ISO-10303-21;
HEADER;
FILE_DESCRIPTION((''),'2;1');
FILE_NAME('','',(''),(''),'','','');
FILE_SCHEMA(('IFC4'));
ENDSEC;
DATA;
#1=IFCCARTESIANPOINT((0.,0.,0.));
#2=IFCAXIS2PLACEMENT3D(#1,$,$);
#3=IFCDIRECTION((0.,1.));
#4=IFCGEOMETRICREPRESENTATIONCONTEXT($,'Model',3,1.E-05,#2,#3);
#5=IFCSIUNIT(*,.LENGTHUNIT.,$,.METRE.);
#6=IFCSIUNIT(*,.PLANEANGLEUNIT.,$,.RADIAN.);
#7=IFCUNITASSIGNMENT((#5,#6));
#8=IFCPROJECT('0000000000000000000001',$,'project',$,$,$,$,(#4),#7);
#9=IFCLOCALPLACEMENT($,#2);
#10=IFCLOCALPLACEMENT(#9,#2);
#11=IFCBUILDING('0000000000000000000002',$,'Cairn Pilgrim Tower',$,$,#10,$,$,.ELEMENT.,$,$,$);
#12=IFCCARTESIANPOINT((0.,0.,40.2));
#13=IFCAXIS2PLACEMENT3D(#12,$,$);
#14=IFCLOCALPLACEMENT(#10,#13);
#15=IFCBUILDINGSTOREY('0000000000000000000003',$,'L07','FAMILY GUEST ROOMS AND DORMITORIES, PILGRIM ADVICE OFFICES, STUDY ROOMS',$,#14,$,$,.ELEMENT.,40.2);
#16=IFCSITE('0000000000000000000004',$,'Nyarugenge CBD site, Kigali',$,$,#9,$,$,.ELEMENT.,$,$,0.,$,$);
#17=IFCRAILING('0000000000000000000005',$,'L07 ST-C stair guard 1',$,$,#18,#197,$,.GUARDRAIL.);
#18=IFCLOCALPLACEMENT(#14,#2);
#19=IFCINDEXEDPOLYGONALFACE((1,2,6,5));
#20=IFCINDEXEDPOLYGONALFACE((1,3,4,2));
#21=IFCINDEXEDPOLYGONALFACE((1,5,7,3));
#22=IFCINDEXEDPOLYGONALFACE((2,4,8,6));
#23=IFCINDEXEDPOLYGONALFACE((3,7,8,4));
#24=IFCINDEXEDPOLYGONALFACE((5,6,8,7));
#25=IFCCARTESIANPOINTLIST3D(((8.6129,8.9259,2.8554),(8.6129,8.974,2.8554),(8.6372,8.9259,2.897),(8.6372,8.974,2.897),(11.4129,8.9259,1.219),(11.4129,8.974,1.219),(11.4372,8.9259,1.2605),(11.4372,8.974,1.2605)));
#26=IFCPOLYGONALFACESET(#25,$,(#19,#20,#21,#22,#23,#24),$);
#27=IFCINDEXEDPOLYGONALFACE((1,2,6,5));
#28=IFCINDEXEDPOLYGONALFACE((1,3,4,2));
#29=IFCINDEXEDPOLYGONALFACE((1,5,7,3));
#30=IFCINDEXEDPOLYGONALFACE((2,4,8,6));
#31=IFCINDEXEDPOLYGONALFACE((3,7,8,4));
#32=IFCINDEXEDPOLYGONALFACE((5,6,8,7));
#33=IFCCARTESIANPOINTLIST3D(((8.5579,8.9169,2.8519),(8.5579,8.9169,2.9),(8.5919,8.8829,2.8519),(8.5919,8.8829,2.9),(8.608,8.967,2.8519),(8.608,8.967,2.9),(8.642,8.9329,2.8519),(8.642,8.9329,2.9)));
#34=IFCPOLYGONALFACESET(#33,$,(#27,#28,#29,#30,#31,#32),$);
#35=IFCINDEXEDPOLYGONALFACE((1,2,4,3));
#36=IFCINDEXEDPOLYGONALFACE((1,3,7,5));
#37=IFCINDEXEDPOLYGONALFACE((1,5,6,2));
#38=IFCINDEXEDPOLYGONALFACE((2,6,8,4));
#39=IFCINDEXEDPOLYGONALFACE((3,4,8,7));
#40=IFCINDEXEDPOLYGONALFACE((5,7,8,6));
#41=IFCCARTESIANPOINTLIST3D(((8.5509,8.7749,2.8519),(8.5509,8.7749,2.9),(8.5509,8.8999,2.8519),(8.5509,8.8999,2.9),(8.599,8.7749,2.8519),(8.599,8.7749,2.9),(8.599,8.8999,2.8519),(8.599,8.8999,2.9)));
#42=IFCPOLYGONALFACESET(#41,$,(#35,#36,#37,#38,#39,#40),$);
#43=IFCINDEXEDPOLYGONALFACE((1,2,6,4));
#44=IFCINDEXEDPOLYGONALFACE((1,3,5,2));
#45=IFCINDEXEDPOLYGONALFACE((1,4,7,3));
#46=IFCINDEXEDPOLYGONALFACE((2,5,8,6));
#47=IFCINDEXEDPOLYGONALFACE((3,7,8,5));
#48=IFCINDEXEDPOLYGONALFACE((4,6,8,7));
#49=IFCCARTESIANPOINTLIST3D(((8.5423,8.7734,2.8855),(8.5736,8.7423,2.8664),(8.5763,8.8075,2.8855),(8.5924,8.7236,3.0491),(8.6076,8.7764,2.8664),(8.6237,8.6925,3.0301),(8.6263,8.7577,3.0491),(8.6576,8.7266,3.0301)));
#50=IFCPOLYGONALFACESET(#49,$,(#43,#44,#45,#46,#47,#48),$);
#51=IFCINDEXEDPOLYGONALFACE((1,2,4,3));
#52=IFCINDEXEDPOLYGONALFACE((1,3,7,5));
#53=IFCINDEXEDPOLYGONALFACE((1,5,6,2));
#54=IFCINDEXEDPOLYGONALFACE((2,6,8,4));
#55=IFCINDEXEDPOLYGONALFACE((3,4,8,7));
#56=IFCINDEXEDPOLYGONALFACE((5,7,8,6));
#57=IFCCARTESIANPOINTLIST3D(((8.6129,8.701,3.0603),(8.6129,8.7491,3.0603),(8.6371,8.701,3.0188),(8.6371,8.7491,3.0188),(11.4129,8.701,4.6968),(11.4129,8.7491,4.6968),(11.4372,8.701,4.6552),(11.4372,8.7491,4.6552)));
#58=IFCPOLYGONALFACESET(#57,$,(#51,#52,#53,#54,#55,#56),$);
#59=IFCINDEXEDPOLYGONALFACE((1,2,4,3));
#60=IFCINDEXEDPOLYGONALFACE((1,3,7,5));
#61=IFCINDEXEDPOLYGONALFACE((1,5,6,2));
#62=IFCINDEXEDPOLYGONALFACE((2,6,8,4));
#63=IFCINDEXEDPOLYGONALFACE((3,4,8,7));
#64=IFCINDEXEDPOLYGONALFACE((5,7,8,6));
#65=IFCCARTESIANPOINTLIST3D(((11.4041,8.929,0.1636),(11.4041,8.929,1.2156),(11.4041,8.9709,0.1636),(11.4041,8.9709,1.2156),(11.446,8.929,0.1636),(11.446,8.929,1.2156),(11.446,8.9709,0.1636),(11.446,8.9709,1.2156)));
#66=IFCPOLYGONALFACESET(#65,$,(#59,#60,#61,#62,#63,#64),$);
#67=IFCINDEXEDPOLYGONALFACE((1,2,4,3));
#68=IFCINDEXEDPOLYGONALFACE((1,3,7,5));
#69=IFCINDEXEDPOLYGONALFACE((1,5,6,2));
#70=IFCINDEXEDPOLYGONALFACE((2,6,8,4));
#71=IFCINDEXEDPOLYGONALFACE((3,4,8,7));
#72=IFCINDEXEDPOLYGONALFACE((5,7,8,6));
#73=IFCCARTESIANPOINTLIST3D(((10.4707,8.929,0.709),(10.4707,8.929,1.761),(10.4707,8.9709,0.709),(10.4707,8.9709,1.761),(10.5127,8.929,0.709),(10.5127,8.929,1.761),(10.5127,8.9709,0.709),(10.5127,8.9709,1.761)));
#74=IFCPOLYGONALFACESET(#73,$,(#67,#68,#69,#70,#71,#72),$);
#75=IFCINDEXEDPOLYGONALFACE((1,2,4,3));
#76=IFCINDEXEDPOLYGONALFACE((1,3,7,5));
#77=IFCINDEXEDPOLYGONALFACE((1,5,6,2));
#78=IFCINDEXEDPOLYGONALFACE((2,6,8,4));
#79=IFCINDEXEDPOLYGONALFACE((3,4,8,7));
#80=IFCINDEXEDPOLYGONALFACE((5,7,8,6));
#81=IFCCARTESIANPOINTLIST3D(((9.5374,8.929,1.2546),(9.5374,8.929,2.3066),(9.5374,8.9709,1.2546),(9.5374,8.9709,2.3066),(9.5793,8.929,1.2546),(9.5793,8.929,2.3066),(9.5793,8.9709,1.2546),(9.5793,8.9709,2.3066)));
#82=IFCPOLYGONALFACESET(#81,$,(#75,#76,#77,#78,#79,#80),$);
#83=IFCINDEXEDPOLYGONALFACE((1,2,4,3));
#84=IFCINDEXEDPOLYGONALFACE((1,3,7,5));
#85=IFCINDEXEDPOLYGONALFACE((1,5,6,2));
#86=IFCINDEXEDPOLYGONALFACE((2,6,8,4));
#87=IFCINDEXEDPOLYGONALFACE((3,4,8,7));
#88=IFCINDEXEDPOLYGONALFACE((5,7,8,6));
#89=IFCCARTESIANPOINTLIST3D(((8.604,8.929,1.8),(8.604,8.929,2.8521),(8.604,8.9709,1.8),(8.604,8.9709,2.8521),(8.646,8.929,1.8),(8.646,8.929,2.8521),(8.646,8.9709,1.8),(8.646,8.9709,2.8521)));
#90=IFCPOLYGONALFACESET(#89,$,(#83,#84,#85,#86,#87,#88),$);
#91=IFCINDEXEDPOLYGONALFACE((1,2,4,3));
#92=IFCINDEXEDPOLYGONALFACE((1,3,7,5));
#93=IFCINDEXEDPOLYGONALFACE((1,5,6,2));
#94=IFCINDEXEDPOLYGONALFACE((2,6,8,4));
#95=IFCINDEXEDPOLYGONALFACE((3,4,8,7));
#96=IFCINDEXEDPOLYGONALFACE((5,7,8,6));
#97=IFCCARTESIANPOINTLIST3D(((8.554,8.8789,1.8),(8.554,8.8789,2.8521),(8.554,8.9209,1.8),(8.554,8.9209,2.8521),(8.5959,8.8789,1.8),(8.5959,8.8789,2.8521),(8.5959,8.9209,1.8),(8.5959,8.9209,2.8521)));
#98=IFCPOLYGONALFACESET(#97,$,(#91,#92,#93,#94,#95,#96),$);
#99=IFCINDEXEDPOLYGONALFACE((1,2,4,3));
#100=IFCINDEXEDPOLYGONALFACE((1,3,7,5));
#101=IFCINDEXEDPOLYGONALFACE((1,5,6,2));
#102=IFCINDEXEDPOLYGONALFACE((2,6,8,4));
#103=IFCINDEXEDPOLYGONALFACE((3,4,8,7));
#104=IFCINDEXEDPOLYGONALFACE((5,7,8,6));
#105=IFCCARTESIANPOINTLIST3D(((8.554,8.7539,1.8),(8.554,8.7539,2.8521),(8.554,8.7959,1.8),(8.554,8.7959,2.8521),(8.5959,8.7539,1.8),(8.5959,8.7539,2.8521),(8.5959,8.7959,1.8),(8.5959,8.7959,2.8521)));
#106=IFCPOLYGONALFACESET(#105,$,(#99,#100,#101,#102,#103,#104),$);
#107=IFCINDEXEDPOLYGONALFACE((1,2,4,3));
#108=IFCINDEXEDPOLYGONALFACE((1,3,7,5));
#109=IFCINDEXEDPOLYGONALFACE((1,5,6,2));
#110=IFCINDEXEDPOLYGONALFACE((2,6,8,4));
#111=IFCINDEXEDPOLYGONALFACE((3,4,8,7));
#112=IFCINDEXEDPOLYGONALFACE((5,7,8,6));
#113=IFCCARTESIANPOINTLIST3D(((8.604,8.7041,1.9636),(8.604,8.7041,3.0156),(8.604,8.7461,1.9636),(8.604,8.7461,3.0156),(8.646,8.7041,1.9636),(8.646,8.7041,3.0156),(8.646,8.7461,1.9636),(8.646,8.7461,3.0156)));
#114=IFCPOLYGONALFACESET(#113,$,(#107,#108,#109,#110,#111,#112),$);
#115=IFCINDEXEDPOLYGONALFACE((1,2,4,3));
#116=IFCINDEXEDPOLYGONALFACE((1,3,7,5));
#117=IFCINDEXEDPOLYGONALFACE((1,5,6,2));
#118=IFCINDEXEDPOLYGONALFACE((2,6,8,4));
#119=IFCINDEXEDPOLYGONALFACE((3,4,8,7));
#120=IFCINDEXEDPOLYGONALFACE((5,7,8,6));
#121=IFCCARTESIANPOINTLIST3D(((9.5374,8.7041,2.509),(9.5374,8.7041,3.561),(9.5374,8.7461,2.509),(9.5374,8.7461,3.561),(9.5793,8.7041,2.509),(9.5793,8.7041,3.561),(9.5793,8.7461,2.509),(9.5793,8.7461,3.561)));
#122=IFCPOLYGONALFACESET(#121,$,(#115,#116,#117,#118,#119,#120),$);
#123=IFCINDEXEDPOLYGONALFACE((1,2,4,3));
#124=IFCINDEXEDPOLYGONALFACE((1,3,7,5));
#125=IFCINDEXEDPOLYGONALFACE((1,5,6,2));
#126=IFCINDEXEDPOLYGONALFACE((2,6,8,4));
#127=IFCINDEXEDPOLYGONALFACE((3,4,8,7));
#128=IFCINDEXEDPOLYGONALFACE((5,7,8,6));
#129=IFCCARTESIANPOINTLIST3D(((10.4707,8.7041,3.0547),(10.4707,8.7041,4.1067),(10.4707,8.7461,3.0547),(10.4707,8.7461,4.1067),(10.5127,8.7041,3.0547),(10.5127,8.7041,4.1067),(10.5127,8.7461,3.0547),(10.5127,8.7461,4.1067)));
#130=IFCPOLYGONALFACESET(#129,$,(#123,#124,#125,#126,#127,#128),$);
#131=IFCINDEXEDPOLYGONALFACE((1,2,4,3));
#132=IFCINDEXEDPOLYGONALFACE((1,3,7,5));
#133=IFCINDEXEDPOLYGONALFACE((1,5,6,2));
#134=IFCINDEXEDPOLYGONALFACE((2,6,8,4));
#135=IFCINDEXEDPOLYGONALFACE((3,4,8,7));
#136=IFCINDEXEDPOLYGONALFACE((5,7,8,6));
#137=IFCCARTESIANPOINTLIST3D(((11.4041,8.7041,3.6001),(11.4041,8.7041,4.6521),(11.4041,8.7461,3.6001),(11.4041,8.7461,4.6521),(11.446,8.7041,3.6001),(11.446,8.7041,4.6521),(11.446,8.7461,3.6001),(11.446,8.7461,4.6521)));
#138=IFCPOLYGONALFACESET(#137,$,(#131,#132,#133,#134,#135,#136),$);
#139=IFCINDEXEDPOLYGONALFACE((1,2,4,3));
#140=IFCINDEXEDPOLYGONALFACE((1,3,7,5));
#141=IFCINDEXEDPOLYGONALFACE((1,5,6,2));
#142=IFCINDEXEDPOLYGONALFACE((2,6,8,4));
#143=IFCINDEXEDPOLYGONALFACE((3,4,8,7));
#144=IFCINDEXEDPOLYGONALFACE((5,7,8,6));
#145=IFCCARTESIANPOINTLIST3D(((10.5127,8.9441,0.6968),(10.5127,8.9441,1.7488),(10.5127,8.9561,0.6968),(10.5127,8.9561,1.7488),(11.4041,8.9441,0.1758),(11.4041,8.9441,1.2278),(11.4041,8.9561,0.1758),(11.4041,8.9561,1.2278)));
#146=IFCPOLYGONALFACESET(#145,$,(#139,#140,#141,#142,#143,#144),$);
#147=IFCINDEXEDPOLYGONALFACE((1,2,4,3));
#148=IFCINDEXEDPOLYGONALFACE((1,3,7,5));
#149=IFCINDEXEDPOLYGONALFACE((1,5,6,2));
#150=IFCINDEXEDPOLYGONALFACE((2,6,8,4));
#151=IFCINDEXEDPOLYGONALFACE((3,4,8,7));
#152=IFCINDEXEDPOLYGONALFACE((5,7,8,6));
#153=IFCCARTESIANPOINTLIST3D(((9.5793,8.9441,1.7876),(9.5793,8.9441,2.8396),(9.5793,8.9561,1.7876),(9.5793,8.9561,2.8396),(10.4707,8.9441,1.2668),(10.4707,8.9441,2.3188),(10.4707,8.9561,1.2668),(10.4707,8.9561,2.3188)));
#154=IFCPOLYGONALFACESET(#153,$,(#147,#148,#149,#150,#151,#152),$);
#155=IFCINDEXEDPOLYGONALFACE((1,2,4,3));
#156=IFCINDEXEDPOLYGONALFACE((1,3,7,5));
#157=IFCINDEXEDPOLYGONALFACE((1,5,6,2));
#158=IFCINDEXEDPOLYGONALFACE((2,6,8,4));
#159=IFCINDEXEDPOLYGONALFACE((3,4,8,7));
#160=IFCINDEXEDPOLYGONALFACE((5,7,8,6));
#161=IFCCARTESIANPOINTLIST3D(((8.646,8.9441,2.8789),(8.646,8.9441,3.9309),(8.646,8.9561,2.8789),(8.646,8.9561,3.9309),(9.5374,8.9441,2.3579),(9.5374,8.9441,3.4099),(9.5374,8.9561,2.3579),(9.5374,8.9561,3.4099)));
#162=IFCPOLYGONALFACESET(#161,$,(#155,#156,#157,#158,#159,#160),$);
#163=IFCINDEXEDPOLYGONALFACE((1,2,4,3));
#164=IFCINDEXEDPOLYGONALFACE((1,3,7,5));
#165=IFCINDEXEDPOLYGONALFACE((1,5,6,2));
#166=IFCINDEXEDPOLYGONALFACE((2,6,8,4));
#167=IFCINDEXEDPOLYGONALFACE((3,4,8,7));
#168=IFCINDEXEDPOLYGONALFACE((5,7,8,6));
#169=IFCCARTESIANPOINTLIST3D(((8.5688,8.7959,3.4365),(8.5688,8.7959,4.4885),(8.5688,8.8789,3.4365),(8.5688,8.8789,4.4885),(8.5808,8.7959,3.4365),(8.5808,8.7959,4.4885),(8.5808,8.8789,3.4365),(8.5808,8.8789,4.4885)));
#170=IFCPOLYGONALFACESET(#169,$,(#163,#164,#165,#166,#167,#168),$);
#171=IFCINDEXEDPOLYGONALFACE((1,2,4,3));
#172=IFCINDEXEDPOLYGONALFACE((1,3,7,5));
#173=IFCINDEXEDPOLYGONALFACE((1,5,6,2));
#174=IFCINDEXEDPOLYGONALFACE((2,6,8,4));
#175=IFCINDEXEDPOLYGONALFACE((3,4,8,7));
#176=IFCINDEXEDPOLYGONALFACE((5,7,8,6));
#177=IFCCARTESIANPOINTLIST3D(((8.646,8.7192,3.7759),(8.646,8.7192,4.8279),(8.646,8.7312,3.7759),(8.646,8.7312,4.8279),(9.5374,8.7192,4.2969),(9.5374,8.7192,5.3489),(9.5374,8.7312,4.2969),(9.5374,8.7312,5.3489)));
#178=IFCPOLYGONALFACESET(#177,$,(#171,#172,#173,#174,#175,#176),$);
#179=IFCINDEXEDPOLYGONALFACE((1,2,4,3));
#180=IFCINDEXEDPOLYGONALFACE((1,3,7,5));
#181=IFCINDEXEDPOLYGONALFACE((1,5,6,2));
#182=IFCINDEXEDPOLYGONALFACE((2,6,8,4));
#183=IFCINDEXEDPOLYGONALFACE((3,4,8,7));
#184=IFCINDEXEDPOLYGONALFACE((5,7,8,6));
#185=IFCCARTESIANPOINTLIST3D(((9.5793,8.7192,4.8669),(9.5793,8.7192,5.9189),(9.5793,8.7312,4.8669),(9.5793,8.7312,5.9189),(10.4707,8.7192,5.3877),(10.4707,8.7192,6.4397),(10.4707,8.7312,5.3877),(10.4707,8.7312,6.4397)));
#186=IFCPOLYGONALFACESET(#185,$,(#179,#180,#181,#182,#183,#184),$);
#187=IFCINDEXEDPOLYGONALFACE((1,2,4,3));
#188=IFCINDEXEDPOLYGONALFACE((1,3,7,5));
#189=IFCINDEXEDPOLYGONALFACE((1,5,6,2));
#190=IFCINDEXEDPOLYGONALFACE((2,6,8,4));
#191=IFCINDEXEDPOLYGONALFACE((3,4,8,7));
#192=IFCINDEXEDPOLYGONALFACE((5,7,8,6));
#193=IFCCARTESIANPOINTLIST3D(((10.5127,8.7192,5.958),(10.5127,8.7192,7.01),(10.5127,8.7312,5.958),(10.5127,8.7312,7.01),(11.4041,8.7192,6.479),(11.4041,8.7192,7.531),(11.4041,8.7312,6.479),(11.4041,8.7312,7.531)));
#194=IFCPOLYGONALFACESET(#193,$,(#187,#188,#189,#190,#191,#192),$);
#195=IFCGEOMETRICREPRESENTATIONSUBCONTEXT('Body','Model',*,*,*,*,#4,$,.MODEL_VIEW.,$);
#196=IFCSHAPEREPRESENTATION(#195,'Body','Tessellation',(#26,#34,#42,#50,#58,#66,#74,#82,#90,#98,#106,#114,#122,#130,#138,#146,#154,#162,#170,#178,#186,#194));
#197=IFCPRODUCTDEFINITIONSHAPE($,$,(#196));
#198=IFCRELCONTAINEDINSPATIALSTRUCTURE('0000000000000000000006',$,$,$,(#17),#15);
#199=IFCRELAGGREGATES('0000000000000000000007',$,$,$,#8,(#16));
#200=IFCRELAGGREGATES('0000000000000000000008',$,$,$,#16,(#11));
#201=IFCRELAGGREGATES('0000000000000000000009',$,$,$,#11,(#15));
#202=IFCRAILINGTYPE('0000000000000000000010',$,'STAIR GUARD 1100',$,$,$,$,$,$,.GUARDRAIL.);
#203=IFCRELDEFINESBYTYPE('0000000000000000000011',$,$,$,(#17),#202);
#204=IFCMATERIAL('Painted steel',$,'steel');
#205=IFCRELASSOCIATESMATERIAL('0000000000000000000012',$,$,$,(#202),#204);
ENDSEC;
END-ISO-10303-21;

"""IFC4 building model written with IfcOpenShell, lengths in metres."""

from ifc_helpers import new_model, si_unit, direction, frame, origin, origin_2d, place, context, subcontext, project, spatial, polyline, rectangle, outline, extrude, material, type_object, element, save


model = new_model("IFC4")

# Units and contexts
model_context = context("Model", 3, precision=1e-05, world=origin(), true_north=direction((0.0, 1.0)))
body_context = subcontext(model_context, "Body", "Model", "MODEL_VIEW")
ifc_project = project(units=[si_unit("LENGTHUNIT", "METRE"), si_unit("PLANEANGLEUNIT", "RADIAN")], contexts=[model_context])

# Site, building, storey
site_placement = place(None, origin())
site = spatial("IfcSite", under=ifc_project, at=site_placement, Name="Nyarugenge CBD site, Kigali", CompositionType="ELEMENT", RefElevation=0.0)
building_placement = place(site_placement, origin())
building = spatial("IfcBuilding", under=site, at=building_placement, Name="Cairn Pilgrim Tower", CompositionType="ELEMENT")
storey_placement = place(building_placement, frame((0.0, 0.0, 40.2)))
storey = spatial("IfcBuildingStorey", under=building, at=storey_placement, Name="L07", Description="FAMILY GUEST ROOMS AND DORMITORIES, PILGRIM ADVICE OFFICES, STUDY ROOMS", CompositionType="ELEMENT", Elevation=40.2)

# Shared definitions
ifc_material_1 = material(Name="Painted steel", Category="steel")

# Railing
railing_type_1 = type_object("IfcRailingType", Name="STAIR GUARD 1100", PredefinedType="GUARDRAIL", material=ifc_material_1)
railing_1_placement = place(storey_placement, frame((11.425, 8.95, 0.1636)))
element("IfcRailing", 1, at=railing_1_placement, inside=storey, type_object=railing_type_1, Name="L07 ST-C stair guard 1", PredefinedType="GUARDRAIL", context=body_context, shape_type="SweptSolid", body=[
    extrude(rectangle(XDim=0.0481, YDim=0.0481, at=origin_2d()), frame((0.0, 0.0, 1.0762), z_axis=(-0.863361, 0.0, 0.504587), x_axis=(0.0, -1.0, 0.0)), (0.0, 0.0, 1.0), 3.2432),
    extrude(rectangle(XDim=0.0481, YDim=0.0481, at=origin_2d()), frame((-2.8, 0.0, 2.7124), z_axis=(-0.707107, -0.707107, 0.0), x_axis=(0.707107, -0.707107, 0.0)), (0.0, 0.0, 1.0), 0.0708),
    extrude(rectangle(XDim=0.0481, YDim=0.0481, at=origin_2d()), frame((-2.8501, -0.05, 2.7124), z_axis=(0.0, -1.0, 0.0), x_axis=(1.0, 0.0, 0.0)), (0.0, 0.0, 1.0), 0.125),
    extrude(rectangle(XDim=0.0481, YDim=0.0481, at=origin_2d()), frame((-2.8501, -0.175, 2.7124), z_axis=(0.280917, -0.279546, 0.918118), x_axis=(0.705376, 0.708834, 0.0)), (0.0, 0.0, 1.0), 0.1782),
    extrude(rectangle(XDim=0.0481, YDim=0.0481, at=origin_2d()), frame((-2.8, -0.2249, 2.876), z_axis=(0.863361, 0.0, 0.504587), x_axis=(0.0, 1.0, 0.0)), (0.0, 0.0, 1.0), 3.2432),
    extrude(rectangle(XDim=0.042, YDim=0.042, at=origin_2d()), origin(), (0.0, 0.0, 1.0), 1.052),
    extrude(rectangle(XDim=0.042, YDim=0.042, at=origin_2d()), frame((-0.9333, 0.0, 0.5454)), (0.0, 0.0, 1.0), 1.052),
    extrude(rectangle(XDim=0.042, YDim=0.042, at=origin_2d()), frame((-1.8667, 0.0, 1.0911)), (0.0, 0.0, 1.0), 1.052),
    extrude(rectangle(XDim=0.042, YDim=0.042, at=origin_2d()), frame((-2.8, 0.0, 1.6365)), (0.0, 0.0, 1.0), 1.052),
    extrude(rectangle(XDim=0.042, YDim=0.042, at=origin_2d()), frame((-2.8501, -0.05, 1.6365)), (0.0, 0.0, 1.0), 1.052),
    extrude(rectangle(XDim=0.042, YDim=0.042, at=origin_2d()), frame((-2.8501, -0.175, 1.6365)), (0.0, 0.0, 1.0), 1.052),
    extrude(rectangle(XDim=0.042, YDim=0.042, at=origin_2d()), frame((-2.8, -0.2249, 1.8)), (0.0, 0.0, 1.0), 1.052),
    extrude(rectangle(XDim=0.042, YDim=0.042, at=origin_2d()), frame((-1.8667, -0.2249, 2.3455)), (0.0, 0.0, 1.0), 1.052),
    extrude(rectangle(XDim=0.042, YDim=0.042, at=origin_2d()), frame((-0.9333, -0.2249, 2.8911)), (0.0, 0.0, 1.0), 1.052),
    extrude(rectangle(XDim=0.042, YDim=0.042, at=origin_2d()), frame((0.0, -0.2249, 3.4365)), (0.0, 0.0, 1.0), 1.052),
    extrude(outline(polyline([(0.021, 0.0122), (0.9124, 0.5332), (0.9124, 1.5852), (0.021, 1.0642), (0.021, 0.0122)])), frame((0.0, -0.0059, 0.0), z_axis=(0.0, 1.0, 0.0), x_axis=(-1.0, 0.0, 0.0)), (0.0, 0.0, 1.0), 0.012),
    extrude(outline(polyline([(0.021, 0.5579), (0.9124, 1.0786), (0.9124, 2.1306), (0.021, 1.6099), (0.021, 0.5579)])), frame((-0.9333, -0.0059, 0.5454), z_axis=(0.0, 1.0, 0.0), x_axis=(-1.0, 0.0, 0.0)), (0.0, 0.0, 1.0), 0.012),
    extrude(outline(polyline([(0.021, 1.1033), (0.9124, 1.6243), (0.9124, 2.6763), (0.021, 2.1553), (0.021, 1.1033)])), frame((-1.8667, -0.0059, 1.0911), z_axis=(0.0, 1.0, 0.0), x_axis=(-1.0, 0.0, 0.0)), (0.0, 0.0, 1.0), 0.012),
    extrude(outline(polyline([(0.021, 1.6365), (0.104, 1.6365), (0.104, 2.6885), (0.021, 2.6885), (0.021, 1.6365)])), frame((-2.8442, -0.05, 1.6365), z_axis=(-1.0, 0.0, 0.0), x_axis=(0.0, -1.0, 0.0)), (0.0, 0.0, 1.0), 0.012),
    extrude(outline(polyline([(0.021, 1.8123), (0.9124, 2.3333), (0.9124, 3.3853), (0.021, 2.8643), (0.021, 1.8123)])), frame((-2.8, -0.2188, 1.8), z_axis=(0.0, -1.0, 0.0), x_axis=(1.0, 0.0, 0.0)), (0.0, 0.0, 1.0), 0.012),
    extrude(outline(polyline([(0.021, 2.3579), (0.9124, 2.8787), (0.9124, 3.9307), (0.021, 3.4099), (0.021, 2.3579)])), frame((-1.8667, -0.2188, 2.3455), z_axis=(0.0, -1.0, 0.0), x_axis=(1.0, 0.0, 0.0)), (0.0, 0.0, 1.0), 0.012),
    extrude(outline(polyline([(0.021, 2.9033), (0.9124, 3.4243), (0.9124, 4.4763), (0.021, 3.9553), (0.021, 2.9033)])), frame((-0.9333, -0.2188, 2.8911), z_axis=(0.0, -1.0, 0.0), x_axis=(1.0, 0.0, 0.0)), (0.0, 0.0, 1.0), 0.012),
])

save(model, "model.ifc")
